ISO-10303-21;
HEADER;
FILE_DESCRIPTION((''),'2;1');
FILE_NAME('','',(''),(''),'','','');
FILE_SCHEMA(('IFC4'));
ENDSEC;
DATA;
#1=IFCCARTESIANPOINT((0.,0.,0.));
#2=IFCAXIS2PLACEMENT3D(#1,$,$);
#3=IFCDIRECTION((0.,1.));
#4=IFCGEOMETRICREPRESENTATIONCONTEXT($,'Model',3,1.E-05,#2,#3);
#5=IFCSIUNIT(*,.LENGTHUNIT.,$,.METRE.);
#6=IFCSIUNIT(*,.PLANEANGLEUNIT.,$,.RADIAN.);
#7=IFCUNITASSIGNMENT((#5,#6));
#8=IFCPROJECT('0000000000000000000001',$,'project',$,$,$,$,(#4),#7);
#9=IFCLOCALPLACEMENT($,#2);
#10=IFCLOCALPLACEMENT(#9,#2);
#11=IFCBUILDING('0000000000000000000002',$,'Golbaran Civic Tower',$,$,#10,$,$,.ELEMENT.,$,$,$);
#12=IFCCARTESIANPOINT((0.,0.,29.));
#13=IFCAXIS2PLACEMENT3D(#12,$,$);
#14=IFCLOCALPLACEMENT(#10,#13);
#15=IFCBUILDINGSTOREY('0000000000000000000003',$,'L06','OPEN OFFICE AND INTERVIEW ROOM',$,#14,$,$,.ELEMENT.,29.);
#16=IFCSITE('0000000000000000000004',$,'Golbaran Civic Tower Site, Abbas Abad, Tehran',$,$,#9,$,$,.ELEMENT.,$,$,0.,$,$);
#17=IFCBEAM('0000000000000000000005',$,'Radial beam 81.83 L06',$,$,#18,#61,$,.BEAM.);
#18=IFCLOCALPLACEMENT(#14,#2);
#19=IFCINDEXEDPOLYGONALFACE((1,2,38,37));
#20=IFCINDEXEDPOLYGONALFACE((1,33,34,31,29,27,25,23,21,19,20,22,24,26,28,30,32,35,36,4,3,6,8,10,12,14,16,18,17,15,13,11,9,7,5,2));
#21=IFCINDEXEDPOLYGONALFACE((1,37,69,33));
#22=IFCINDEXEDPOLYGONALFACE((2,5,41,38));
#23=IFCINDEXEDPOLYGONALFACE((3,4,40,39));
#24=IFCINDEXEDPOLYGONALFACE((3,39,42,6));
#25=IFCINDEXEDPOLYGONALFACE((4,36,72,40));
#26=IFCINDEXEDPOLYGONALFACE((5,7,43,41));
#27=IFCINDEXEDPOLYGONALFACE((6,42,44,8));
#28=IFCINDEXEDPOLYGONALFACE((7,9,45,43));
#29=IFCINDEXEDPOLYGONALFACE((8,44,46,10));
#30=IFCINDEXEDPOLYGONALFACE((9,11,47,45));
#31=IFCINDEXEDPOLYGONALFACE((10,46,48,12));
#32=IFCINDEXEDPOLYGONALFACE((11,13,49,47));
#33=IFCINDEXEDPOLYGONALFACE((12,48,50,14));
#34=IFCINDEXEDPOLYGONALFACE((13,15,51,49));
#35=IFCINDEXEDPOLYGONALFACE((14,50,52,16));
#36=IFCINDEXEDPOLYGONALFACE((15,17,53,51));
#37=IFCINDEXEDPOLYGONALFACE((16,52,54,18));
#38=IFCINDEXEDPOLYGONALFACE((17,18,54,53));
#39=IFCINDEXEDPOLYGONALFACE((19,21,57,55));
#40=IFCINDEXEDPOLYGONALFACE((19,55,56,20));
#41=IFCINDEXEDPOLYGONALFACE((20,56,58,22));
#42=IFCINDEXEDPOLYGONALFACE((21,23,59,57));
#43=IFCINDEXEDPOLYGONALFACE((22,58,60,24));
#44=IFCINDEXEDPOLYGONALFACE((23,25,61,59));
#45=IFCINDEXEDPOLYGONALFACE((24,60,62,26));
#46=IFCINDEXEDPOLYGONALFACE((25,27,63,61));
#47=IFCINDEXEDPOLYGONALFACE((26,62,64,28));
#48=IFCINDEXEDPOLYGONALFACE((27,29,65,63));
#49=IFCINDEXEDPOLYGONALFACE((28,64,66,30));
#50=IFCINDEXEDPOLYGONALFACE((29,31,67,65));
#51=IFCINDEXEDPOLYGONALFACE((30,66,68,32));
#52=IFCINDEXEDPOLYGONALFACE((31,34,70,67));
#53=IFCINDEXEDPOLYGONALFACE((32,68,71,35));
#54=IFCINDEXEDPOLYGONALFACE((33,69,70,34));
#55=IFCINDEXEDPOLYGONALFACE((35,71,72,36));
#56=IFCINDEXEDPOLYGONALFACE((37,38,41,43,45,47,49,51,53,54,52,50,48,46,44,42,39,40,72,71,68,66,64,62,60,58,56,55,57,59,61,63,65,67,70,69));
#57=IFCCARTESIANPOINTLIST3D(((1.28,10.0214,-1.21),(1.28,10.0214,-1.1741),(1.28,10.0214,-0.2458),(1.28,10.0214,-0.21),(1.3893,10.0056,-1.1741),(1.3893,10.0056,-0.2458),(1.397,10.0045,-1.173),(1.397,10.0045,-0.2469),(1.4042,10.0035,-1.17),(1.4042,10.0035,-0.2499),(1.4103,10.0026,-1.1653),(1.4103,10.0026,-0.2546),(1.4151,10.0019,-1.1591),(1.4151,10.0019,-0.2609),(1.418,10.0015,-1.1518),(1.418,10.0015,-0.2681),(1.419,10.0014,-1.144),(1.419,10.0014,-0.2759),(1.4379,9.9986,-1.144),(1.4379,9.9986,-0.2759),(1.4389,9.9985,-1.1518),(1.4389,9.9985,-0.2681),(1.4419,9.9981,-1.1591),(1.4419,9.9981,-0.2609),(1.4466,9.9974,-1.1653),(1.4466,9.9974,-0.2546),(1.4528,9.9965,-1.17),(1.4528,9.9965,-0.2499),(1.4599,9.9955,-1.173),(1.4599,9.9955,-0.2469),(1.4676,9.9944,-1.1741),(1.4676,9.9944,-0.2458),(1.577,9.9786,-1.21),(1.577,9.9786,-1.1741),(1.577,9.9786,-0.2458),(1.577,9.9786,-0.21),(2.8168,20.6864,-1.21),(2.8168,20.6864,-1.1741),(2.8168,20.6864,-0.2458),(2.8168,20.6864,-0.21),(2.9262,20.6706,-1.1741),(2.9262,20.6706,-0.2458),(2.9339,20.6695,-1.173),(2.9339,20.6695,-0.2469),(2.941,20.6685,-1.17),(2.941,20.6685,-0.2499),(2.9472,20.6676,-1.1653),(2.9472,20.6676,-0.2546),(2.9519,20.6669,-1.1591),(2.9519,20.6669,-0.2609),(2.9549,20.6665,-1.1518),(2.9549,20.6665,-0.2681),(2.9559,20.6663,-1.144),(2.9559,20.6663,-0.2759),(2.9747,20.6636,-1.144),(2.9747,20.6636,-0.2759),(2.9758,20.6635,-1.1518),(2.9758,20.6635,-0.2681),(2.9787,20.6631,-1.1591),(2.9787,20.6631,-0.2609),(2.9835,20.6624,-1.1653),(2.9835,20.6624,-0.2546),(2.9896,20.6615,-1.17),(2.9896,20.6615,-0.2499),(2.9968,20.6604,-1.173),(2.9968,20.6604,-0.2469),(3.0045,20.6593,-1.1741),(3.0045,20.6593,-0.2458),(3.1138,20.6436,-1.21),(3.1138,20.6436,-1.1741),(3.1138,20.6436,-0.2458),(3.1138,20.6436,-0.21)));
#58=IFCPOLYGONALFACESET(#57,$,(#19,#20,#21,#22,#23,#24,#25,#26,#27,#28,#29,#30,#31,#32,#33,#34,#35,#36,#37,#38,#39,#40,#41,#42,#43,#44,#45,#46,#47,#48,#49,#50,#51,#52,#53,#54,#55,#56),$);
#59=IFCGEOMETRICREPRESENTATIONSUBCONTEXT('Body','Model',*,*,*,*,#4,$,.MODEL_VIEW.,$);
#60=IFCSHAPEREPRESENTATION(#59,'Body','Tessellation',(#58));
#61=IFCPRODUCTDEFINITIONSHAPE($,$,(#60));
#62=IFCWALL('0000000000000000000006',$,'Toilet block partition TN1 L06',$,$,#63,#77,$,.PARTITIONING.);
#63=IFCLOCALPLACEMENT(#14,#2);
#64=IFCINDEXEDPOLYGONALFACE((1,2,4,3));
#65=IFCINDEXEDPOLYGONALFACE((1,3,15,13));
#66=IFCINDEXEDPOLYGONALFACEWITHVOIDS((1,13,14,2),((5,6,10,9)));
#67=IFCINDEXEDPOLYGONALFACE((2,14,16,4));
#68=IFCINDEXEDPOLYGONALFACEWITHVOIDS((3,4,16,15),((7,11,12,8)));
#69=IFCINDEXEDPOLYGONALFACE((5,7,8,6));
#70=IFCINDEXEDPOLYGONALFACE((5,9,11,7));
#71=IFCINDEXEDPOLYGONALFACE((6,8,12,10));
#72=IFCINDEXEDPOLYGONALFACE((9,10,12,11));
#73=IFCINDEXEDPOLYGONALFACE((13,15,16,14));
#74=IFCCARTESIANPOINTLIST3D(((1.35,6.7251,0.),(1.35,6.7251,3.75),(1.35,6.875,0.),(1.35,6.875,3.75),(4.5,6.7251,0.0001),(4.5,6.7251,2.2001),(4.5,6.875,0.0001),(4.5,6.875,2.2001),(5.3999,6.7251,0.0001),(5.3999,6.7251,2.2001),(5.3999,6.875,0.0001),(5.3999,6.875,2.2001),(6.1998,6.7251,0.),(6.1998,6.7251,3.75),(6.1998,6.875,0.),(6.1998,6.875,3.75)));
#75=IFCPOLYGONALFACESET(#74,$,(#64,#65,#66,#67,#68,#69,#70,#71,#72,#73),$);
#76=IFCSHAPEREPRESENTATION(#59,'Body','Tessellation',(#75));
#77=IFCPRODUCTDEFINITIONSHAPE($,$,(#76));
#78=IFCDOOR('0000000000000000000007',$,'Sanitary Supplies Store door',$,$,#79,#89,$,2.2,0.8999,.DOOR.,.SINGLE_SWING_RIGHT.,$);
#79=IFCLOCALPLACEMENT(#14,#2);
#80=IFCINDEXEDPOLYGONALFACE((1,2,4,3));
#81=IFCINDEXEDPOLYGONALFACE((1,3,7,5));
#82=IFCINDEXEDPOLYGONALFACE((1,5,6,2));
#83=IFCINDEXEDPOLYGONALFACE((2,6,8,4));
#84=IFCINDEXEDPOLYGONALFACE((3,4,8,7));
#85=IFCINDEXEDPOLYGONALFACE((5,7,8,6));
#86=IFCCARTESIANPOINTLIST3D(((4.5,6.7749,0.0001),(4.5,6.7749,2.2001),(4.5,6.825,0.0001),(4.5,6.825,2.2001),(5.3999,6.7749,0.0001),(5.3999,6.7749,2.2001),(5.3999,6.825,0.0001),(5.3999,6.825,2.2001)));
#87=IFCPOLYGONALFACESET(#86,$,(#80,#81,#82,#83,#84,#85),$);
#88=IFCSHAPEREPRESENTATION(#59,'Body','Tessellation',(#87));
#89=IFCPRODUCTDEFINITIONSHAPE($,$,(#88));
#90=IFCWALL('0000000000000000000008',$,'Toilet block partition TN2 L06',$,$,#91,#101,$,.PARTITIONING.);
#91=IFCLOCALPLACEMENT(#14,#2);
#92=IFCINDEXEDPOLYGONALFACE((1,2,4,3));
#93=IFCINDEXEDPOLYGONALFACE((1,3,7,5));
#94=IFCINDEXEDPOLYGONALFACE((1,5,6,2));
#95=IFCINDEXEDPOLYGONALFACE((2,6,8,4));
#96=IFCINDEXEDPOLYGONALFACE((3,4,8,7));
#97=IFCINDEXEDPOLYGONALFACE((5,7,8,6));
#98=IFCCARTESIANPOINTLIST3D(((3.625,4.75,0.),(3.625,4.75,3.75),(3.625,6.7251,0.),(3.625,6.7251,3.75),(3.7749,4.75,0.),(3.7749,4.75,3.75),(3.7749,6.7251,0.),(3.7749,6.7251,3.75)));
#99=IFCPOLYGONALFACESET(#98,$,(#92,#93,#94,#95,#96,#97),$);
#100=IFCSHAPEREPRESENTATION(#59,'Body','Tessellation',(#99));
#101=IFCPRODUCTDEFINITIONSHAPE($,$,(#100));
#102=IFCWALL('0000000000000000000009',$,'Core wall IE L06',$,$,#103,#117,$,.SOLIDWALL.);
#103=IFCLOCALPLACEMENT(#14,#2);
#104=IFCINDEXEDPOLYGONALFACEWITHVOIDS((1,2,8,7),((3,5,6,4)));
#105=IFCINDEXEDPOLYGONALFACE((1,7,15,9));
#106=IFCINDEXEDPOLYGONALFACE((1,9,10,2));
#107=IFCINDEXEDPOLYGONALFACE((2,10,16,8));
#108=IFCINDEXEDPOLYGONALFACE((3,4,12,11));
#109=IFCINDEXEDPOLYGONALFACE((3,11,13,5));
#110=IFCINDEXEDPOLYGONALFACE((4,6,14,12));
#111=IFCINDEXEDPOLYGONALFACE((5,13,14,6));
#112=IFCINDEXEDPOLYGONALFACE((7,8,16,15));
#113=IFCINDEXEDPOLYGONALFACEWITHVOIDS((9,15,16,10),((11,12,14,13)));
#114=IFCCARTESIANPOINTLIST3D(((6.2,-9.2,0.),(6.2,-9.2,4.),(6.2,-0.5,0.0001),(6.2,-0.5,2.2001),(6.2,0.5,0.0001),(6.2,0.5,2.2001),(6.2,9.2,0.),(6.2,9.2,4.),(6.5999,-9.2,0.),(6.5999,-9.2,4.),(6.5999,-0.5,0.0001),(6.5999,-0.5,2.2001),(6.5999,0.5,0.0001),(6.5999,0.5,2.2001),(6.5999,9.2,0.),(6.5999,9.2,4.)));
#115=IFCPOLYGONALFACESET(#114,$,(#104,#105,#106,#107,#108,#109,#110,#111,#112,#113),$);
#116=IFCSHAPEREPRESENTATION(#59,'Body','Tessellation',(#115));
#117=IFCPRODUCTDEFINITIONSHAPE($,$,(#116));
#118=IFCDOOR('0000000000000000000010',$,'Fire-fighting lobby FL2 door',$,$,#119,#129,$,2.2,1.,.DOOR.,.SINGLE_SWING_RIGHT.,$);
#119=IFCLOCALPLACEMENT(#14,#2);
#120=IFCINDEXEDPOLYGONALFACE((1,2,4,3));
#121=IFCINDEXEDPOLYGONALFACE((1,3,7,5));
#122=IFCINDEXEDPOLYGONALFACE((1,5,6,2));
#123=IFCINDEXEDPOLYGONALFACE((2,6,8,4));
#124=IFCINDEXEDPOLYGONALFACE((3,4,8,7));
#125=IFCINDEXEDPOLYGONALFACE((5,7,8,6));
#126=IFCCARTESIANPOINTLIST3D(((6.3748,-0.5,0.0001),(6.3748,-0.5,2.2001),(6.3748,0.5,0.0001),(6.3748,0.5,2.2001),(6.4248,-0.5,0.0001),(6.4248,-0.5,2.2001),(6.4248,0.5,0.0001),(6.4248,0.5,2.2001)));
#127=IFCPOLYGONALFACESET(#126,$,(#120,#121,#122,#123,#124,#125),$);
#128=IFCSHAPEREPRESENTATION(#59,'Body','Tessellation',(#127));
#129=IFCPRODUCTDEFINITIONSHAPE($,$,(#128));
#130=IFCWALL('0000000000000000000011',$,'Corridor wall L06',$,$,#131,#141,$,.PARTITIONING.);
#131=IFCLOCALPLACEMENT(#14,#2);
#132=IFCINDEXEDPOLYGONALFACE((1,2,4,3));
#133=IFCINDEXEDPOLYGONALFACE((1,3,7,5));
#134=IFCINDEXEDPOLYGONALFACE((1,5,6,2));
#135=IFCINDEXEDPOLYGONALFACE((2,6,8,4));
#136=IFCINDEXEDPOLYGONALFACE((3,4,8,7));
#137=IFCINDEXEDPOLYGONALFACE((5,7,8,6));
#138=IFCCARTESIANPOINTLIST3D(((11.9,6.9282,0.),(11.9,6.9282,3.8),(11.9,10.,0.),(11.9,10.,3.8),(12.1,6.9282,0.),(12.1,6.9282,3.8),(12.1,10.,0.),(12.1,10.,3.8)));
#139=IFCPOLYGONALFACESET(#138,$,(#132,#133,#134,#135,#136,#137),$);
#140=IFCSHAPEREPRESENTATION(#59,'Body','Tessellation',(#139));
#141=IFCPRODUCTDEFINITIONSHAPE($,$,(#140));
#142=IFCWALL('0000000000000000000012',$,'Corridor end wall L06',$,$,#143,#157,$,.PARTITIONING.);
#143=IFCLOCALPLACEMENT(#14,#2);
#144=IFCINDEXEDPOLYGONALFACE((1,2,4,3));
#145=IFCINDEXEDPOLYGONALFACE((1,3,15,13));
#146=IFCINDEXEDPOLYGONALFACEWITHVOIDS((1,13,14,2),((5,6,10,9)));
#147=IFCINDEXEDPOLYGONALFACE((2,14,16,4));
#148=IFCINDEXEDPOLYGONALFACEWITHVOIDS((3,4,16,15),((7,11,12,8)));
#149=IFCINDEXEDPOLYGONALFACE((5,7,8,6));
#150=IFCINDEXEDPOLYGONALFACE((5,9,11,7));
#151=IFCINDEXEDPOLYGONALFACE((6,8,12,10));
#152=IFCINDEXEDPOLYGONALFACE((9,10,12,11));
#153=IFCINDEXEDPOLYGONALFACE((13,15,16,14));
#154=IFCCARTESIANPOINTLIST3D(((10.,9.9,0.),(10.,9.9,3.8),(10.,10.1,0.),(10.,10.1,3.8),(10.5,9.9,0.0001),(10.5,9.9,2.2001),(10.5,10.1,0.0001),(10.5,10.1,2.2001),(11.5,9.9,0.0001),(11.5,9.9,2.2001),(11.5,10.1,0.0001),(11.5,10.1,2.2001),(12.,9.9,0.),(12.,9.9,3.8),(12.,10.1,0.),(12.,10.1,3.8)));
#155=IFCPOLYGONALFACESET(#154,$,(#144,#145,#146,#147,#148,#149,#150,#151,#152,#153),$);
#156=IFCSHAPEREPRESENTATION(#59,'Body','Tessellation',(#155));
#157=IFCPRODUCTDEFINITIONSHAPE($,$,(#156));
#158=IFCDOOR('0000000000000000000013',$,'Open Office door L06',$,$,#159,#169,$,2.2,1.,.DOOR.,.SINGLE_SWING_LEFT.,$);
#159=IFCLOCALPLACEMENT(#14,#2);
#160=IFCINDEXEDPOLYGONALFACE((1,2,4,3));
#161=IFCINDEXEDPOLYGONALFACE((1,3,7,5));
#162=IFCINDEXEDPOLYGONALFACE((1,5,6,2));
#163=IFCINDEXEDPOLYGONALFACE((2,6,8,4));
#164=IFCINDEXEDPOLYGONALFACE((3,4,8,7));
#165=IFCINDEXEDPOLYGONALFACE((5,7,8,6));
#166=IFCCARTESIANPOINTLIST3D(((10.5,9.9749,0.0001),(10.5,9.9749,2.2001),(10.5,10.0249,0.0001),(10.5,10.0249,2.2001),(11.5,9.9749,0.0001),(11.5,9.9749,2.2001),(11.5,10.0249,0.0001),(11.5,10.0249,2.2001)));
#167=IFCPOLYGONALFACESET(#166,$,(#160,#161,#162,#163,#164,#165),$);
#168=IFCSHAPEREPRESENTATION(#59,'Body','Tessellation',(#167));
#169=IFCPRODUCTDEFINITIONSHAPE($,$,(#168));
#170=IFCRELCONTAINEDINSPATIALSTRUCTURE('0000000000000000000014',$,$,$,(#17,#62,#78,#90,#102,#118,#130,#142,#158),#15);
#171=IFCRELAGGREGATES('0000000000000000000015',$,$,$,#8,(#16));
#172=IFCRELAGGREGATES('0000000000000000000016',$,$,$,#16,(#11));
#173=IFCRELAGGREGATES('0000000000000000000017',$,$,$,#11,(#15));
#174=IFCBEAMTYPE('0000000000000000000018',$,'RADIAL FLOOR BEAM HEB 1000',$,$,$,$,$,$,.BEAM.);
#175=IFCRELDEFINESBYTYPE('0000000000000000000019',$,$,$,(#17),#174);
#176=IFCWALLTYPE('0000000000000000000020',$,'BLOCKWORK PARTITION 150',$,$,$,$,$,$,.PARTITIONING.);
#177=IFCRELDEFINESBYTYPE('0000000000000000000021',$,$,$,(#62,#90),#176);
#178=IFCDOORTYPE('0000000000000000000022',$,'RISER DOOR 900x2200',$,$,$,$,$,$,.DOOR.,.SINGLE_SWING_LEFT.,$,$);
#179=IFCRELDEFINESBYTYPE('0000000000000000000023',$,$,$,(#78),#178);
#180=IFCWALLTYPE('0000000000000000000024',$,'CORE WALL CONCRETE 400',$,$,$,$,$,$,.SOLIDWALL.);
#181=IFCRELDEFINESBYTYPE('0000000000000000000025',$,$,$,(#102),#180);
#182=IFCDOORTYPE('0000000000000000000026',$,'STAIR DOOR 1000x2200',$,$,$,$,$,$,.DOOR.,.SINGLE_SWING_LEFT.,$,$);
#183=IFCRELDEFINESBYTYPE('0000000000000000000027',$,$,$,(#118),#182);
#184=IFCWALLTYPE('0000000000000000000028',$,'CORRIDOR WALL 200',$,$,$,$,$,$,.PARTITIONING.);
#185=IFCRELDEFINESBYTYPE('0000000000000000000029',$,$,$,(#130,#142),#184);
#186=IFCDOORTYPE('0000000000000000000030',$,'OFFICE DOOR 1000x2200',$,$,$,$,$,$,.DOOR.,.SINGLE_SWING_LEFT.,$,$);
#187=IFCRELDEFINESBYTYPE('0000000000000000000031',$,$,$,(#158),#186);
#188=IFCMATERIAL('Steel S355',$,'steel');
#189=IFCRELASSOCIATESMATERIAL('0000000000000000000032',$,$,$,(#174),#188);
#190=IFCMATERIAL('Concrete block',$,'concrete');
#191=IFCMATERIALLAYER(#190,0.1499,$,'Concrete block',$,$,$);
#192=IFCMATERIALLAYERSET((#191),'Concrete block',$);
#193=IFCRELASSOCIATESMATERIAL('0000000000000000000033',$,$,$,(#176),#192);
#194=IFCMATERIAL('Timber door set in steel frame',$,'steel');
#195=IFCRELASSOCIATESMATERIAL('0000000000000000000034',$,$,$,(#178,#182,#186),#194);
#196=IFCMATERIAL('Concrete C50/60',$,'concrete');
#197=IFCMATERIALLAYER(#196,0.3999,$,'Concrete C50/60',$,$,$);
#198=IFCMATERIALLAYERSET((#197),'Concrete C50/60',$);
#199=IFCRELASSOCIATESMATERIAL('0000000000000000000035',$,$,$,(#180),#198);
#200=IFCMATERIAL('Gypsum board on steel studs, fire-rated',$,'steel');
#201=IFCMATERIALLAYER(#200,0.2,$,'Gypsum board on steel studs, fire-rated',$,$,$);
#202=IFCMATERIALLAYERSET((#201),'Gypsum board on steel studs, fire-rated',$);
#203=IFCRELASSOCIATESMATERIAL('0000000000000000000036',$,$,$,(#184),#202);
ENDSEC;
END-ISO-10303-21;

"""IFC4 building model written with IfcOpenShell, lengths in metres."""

from ifc_helpers import new_model, si_unit, direction, frame, frame_2d, origin, origin_2d, place, context, subcontext, project, spatial, rectangle, i_section, extrude, material, layer, layer_set, material_profile, profile_set, type_object, element, fill, save


model = new_model("IFC4")

# Units and contexts
model_context = context("Model", 3, precision=1e-05, world=origin(), true_north=direction((0.0, 1.0)))
body_context = subcontext(model_context, "Body", "Model", "MODEL_VIEW")
ifc_project = project(units=[si_unit("LENGTHUNIT", "METRE"), si_unit("PLANEANGLEUNIT", "RADIAN")], contexts=[model_context])

# Site, building, storey
site_placement = place(None, origin())
site = spatial("IfcSite", under=ifc_project, at=site_placement, Name="Golbaran Civic Tower Site, Abbas Abad, Tehran", CompositionType="ELEMENT", RefElevation=0.0)
building_placement = place(site_placement, origin())
building = spatial("IfcBuilding", under=site, at=building_placement, Name="Golbaran Civic Tower", CompositionType="ELEMENT")
storey_placement = place(building_placement, frame((0.0, 0.0, 29.0)))
storey = spatial("IfcBuildingStorey", under=building, at=storey_placement, Name="L06", Description="OPEN OFFICE AND INTERVIEW ROOM", CompositionType="ELEMENT", Elevation=29.0)

# Beam
ifc_material_1 = material(Name="Steel S355", Category="steel")
ifc_material_profile_1 = material_profile(ifc_material_1, i_section(OverallWidth=0.3, OverallDepth=1.0, WebThickness=0.019, FlangeThickness=0.0359, FilletRadius=0.03, at=origin_2d()), Name="HEB 1000")
ifc_profile_set_1 = profile_set([ifc_material_profile_1], Name="Steel S355")
beam_type_1 = type_object("IfcBeamType", Name="RADIAL FLOOR BEAM HEB 1000", PredefinedType="BEAM", material=ifc_profile_set_1)
beam_1_placement = place(storey_placement, frame((1.4285, 10.0, -0.71), z_axis=(0.14263, 0.989776, 0.0), x_axis=(-0.989776, 0.14263, 0.0)))
element("IfcBeam", 1, at=beam_1_placement, inside=storey, type_object=beam_type_1, Name="Radial beam 81.83 L06", PredefinedType="BEAM", context=body_context, shape_type="SweptSolid", body=[
    extrude(i_section(OverallWidth=0.3, OverallDepth=1.0, WebThickness=0.019, FlangeThickness=0.0359, FilletRadius=0.03, at=origin_2d()), origin(), (0.0, 0.0, 1.0), 10.7751),
])

# Wall, opening, door
ifc_material_2 = material(Name="Concrete block", Category="concrete")
ifc_layer_1 = layer(ifc_material_2, 0.1499, Name="Concrete block")
ifc_layer_set_1 = layer_set([ifc_layer_1], Name="Concrete block")
wall_type_1 = type_object("IfcWallType", Name="BLOCKWORK PARTITION 150", PredefinedType="PARTITIONING", material=ifc_layer_set_1)
wall_1_placement = place(storey_placement, frame((1.3501, 6.8, 0.0), z_axis=(0.0, 0.0, 1.0), x_axis=(1.0, 0.0, 0.0)))
wall_1 = element("IfcWall", 2, at=wall_1_placement, inside=storey, type_object=wall_type_1, Name="Toilet block partition TN1 L06", PredefinedType="PARTITIONING", context=body_context, shape_type="SweptSolid", body=[
    extrude(rectangle(XDim=4.8499, YDim=0.1499, at=frame_2d((2.4248, 0.0))), origin(), (0.0, 0.0, 1.0), 3.75),
])
opening_1_placement = place(wall_1_placement, frame((3.1499, 0.0, 0.0)))
opening_1 = element("IfcOpeningElement", 3, at=opening_1_placement, cuts=wall_1, PredefinedType="OPENING", context=body_context, shape_type="SweptSolid", body=[
    extrude(rectangle(XDim=0.8999, YDim=2.2, at=frame_2d((0.45, 1.1001))), frame((0.0, 0.085, 0.0), z_axis=(0.0, -1.0, 0.0), x_axis=(1.0, 0.0, 0.0)), (0.0, 0.0, 1.0), 0.1699),
])
ifc_material_3 = material(Name="Timber door set in steel frame", Category="steel")
door_type_1 = type_object("IfcDoorType", Name="RISER DOOR 900x2200", OperationType="SINGLE_SWING_LEFT", PredefinedType="DOOR", material=ifc_material_3)
door_1_placement = place(opening_1_placement, origin())
door_1 = element("IfcDoor", 4, at=door_1_placement, inside=storey, type_object=door_type_1, Name="Sanitary Supplies Store door", OperationType="SINGLE_SWING_RIGHT", OverallHeight=2.2, OverallWidth=0.8999, PredefinedType="DOOR", context=body_context, shape_type="SweptSolid", body=[
    extrude(rectangle(XDim=0.8999, YDim=2.2, at=frame_2d((0.45, 1.1001))), frame((0.0, 0.0249, 0.0), z_axis=(0.0, -1.0, 0.0), x_axis=(1.0, 0.0, 0.0)), (0.0, 0.0, 1.0), 0.05),
])
fill(opening_1, door_1)

# Wall
wall_2_placement = place(storey_placement, frame((3.7, 4.75, 0.0), z_axis=(0.0, 0.0, 1.0), x_axis=(0.0, 1.0, 0.0)))
element("IfcWall", 5, at=wall_2_placement, inside=storey, type_object=wall_type_1, Name="Toilet block partition TN2 L06", PredefinedType="PARTITIONING", context=body_context, shape_type="SweptSolid", body=[
    extrude(rectangle(XDim=1.9751, YDim=0.1499, at=frame_2d((0.9875, 0.0))), origin(), (0.0, 0.0, 1.0), 3.75),
])

# Wall, opening, door
ifc_material_4 = material(Name="Concrete C50/60", Category="concrete")
ifc_layer_2 = layer(ifc_material_4, 0.3999, Name="Concrete C50/60")
ifc_layer_set_2 = layer_set([ifc_layer_2], Name="Concrete C50/60")
wall_type_2 = type_object("IfcWallType", Name="CORE WALL CONCRETE 400", PredefinedType="SOLIDWALL", material=ifc_layer_set_2)
wall_3_placement = place(storey_placement, frame((6.3999, 9.2, 0.0), z_axis=(0.0, 0.0, 1.0), x_axis=(0.0, -1.0, 0.0)))
wall_3 = element("IfcWall", 6, at=wall_3_placement, inside=storey, type_object=wall_type_2, Name="Core wall IE L06", PredefinedType="SOLIDWALL", context=body_context, shape_type="SweptSolid", body=[
    extrude(rectangle(XDim=18.3999, YDim=0.3999, at=frame_2d((9.2, 0.0))), origin(), (0.0, 0.0, 1.0), 4.0),
])
opening_2_placement = place(wall_3_placement, frame((8.7, 0.0, 0.0)))
opening_2 = element("IfcOpeningElement", 7, at=opening_2_placement, cuts=wall_3, PredefinedType="OPENING", context=body_context, shape_type="SweptSolid", body=[
    extrude(rectangle(XDim=1.0, YDim=2.2, at=frame_2d((0.5, 1.1001))), frame((0.0, 0.21, 0.0), z_axis=(0.0, -1.0, 0.0), x_axis=(1.0, 0.0, 0.0)), (0.0, 0.0, 1.0), 0.4199),
])
door_type_2 = type_object("IfcDoorType", Name="STAIR DOOR 1000x2200", OperationType="SINGLE_SWING_LEFT", PredefinedType="DOOR", material=ifc_material_3)
door_2_placement = place(opening_2_placement, origin())
door_2 = element("IfcDoor", 8, at=door_2_placement, inside=storey, type_object=door_type_2, Name="Fire-fighting lobby FL2 door", OperationType="SINGLE_SWING_RIGHT", OverallHeight=2.2, OverallWidth=1.0, PredefinedType="DOOR", context=body_context, shape_type="SweptSolid", body=[
    extrude(rectangle(XDim=1.0, YDim=2.2, at=frame_2d((0.5, 1.1001))), frame((0.0, 0.0249, 0.0), z_axis=(0.0, -1.0, 0.0), x_axis=(1.0, 0.0, 0.0)), (0.0, 0.0, 1.0), 0.05),
])
fill(opening_2, door_2)

# Wall
ifc_material_5 = material(Name="Gypsum board on steel studs, fire-rated", Category="steel")
ifc_layer_3 = layer(ifc_material_5, 0.2, Name="Gypsum board on steel studs, fire-rated")
ifc_layer_set_3 = layer_set([ifc_layer_3], Name="Gypsum board on steel studs, fire-rated")
wall_type_3 = type_object("IfcWallType", Name="CORRIDOR WALL 200", PredefinedType="PARTITIONING", material=ifc_layer_set_3)
wall_4_placement = place(storey_placement, frame((12.0, 6.9282, 0.0), z_axis=(0.0, 0.0, 1.0), x_axis=(0.0, 1.0, 0.0)))
element("IfcWall", 9, at=wall_4_placement, inside=storey, type_object=wall_type_3, Name="Corridor wall L06", PredefinedType="PARTITIONING", context=body_context, shape_type="SweptSolid", body=[
    extrude(rectangle(XDim=3.0718, YDim=0.2, at=frame_2d((1.5359, 0.0))), origin(), (0.0, 0.0, 1.0), 3.8),
])

# Wall, opening, door
wall_5_placement = place(storey_placement, frame((10.0, 10.0, 0.0), z_axis=(0.0, 0.0, 1.0), x_axis=(1.0, 0.0, 0.0)))
wall_5 = element("IfcWall", 10, at=wall_5_placement, inside=storey, type_object=wall_type_3, Name="Corridor end wall L06", PredefinedType="PARTITIONING", context=body_context, shape_type="SweptSolid", body=[
    extrude(rectangle(XDim=2.0, YDim=0.2, at=frame_2d((1.0, 0.0))), origin(), (0.0, 0.0, 1.0), 3.8),
])
opening_3_placement = place(wall_5_placement, frame((0.5, 0.0, 0.0)))
opening_3 = element("IfcOpeningElement", 11, at=opening_3_placement, cuts=wall_5, PredefinedType="OPENING", context=body_context, shape_type="SweptSolid", body=[
    extrude(rectangle(XDim=1.0, YDim=2.2, at=frame_2d((0.5, 1.1001))), frame((0.0, 0.1099, 0.0), z_axis=(0.0, -1.0, 0.0), x_axis=(1.0, 0.0, 0.0)), (0.0, 0.0, 1.0), 0.22),
])
door_type_3 = type_object("IfcDoorType", Name="OFFICE DOOR 1000x2200", OperationType="SINGLE_SWING_LEFT", PredefinedType="DOOR", material=ifc_material_3)
door_3_placement = place(opening_3_placement, origin())
door_3 = element("IfcDoor", 12, at=door_3_placement, inside=storey, type_object=door_type_3, Name="Open Office door L06", OperationType="SINGLE_SWING_LEFT", OverallHeight=2.2, OverallWidth=1.0, PredefinedType="DOOR", context=body_context, shape_type="SweptSolid", body=[
    extrude(rectangle(XDim=1.0, YDim=2.2, at=frame_2d((0.5, 1.1001))), frame((0.0, 0.0249, 0.0), z_axis=(0.0, -1.0, 0.0), x_axis=(1.0, 0.0, 0.0)), (0.0, 0.0, 1.0), 0.05),
])
fill(opening_3, door_3)

save(model, "model.ifc")
